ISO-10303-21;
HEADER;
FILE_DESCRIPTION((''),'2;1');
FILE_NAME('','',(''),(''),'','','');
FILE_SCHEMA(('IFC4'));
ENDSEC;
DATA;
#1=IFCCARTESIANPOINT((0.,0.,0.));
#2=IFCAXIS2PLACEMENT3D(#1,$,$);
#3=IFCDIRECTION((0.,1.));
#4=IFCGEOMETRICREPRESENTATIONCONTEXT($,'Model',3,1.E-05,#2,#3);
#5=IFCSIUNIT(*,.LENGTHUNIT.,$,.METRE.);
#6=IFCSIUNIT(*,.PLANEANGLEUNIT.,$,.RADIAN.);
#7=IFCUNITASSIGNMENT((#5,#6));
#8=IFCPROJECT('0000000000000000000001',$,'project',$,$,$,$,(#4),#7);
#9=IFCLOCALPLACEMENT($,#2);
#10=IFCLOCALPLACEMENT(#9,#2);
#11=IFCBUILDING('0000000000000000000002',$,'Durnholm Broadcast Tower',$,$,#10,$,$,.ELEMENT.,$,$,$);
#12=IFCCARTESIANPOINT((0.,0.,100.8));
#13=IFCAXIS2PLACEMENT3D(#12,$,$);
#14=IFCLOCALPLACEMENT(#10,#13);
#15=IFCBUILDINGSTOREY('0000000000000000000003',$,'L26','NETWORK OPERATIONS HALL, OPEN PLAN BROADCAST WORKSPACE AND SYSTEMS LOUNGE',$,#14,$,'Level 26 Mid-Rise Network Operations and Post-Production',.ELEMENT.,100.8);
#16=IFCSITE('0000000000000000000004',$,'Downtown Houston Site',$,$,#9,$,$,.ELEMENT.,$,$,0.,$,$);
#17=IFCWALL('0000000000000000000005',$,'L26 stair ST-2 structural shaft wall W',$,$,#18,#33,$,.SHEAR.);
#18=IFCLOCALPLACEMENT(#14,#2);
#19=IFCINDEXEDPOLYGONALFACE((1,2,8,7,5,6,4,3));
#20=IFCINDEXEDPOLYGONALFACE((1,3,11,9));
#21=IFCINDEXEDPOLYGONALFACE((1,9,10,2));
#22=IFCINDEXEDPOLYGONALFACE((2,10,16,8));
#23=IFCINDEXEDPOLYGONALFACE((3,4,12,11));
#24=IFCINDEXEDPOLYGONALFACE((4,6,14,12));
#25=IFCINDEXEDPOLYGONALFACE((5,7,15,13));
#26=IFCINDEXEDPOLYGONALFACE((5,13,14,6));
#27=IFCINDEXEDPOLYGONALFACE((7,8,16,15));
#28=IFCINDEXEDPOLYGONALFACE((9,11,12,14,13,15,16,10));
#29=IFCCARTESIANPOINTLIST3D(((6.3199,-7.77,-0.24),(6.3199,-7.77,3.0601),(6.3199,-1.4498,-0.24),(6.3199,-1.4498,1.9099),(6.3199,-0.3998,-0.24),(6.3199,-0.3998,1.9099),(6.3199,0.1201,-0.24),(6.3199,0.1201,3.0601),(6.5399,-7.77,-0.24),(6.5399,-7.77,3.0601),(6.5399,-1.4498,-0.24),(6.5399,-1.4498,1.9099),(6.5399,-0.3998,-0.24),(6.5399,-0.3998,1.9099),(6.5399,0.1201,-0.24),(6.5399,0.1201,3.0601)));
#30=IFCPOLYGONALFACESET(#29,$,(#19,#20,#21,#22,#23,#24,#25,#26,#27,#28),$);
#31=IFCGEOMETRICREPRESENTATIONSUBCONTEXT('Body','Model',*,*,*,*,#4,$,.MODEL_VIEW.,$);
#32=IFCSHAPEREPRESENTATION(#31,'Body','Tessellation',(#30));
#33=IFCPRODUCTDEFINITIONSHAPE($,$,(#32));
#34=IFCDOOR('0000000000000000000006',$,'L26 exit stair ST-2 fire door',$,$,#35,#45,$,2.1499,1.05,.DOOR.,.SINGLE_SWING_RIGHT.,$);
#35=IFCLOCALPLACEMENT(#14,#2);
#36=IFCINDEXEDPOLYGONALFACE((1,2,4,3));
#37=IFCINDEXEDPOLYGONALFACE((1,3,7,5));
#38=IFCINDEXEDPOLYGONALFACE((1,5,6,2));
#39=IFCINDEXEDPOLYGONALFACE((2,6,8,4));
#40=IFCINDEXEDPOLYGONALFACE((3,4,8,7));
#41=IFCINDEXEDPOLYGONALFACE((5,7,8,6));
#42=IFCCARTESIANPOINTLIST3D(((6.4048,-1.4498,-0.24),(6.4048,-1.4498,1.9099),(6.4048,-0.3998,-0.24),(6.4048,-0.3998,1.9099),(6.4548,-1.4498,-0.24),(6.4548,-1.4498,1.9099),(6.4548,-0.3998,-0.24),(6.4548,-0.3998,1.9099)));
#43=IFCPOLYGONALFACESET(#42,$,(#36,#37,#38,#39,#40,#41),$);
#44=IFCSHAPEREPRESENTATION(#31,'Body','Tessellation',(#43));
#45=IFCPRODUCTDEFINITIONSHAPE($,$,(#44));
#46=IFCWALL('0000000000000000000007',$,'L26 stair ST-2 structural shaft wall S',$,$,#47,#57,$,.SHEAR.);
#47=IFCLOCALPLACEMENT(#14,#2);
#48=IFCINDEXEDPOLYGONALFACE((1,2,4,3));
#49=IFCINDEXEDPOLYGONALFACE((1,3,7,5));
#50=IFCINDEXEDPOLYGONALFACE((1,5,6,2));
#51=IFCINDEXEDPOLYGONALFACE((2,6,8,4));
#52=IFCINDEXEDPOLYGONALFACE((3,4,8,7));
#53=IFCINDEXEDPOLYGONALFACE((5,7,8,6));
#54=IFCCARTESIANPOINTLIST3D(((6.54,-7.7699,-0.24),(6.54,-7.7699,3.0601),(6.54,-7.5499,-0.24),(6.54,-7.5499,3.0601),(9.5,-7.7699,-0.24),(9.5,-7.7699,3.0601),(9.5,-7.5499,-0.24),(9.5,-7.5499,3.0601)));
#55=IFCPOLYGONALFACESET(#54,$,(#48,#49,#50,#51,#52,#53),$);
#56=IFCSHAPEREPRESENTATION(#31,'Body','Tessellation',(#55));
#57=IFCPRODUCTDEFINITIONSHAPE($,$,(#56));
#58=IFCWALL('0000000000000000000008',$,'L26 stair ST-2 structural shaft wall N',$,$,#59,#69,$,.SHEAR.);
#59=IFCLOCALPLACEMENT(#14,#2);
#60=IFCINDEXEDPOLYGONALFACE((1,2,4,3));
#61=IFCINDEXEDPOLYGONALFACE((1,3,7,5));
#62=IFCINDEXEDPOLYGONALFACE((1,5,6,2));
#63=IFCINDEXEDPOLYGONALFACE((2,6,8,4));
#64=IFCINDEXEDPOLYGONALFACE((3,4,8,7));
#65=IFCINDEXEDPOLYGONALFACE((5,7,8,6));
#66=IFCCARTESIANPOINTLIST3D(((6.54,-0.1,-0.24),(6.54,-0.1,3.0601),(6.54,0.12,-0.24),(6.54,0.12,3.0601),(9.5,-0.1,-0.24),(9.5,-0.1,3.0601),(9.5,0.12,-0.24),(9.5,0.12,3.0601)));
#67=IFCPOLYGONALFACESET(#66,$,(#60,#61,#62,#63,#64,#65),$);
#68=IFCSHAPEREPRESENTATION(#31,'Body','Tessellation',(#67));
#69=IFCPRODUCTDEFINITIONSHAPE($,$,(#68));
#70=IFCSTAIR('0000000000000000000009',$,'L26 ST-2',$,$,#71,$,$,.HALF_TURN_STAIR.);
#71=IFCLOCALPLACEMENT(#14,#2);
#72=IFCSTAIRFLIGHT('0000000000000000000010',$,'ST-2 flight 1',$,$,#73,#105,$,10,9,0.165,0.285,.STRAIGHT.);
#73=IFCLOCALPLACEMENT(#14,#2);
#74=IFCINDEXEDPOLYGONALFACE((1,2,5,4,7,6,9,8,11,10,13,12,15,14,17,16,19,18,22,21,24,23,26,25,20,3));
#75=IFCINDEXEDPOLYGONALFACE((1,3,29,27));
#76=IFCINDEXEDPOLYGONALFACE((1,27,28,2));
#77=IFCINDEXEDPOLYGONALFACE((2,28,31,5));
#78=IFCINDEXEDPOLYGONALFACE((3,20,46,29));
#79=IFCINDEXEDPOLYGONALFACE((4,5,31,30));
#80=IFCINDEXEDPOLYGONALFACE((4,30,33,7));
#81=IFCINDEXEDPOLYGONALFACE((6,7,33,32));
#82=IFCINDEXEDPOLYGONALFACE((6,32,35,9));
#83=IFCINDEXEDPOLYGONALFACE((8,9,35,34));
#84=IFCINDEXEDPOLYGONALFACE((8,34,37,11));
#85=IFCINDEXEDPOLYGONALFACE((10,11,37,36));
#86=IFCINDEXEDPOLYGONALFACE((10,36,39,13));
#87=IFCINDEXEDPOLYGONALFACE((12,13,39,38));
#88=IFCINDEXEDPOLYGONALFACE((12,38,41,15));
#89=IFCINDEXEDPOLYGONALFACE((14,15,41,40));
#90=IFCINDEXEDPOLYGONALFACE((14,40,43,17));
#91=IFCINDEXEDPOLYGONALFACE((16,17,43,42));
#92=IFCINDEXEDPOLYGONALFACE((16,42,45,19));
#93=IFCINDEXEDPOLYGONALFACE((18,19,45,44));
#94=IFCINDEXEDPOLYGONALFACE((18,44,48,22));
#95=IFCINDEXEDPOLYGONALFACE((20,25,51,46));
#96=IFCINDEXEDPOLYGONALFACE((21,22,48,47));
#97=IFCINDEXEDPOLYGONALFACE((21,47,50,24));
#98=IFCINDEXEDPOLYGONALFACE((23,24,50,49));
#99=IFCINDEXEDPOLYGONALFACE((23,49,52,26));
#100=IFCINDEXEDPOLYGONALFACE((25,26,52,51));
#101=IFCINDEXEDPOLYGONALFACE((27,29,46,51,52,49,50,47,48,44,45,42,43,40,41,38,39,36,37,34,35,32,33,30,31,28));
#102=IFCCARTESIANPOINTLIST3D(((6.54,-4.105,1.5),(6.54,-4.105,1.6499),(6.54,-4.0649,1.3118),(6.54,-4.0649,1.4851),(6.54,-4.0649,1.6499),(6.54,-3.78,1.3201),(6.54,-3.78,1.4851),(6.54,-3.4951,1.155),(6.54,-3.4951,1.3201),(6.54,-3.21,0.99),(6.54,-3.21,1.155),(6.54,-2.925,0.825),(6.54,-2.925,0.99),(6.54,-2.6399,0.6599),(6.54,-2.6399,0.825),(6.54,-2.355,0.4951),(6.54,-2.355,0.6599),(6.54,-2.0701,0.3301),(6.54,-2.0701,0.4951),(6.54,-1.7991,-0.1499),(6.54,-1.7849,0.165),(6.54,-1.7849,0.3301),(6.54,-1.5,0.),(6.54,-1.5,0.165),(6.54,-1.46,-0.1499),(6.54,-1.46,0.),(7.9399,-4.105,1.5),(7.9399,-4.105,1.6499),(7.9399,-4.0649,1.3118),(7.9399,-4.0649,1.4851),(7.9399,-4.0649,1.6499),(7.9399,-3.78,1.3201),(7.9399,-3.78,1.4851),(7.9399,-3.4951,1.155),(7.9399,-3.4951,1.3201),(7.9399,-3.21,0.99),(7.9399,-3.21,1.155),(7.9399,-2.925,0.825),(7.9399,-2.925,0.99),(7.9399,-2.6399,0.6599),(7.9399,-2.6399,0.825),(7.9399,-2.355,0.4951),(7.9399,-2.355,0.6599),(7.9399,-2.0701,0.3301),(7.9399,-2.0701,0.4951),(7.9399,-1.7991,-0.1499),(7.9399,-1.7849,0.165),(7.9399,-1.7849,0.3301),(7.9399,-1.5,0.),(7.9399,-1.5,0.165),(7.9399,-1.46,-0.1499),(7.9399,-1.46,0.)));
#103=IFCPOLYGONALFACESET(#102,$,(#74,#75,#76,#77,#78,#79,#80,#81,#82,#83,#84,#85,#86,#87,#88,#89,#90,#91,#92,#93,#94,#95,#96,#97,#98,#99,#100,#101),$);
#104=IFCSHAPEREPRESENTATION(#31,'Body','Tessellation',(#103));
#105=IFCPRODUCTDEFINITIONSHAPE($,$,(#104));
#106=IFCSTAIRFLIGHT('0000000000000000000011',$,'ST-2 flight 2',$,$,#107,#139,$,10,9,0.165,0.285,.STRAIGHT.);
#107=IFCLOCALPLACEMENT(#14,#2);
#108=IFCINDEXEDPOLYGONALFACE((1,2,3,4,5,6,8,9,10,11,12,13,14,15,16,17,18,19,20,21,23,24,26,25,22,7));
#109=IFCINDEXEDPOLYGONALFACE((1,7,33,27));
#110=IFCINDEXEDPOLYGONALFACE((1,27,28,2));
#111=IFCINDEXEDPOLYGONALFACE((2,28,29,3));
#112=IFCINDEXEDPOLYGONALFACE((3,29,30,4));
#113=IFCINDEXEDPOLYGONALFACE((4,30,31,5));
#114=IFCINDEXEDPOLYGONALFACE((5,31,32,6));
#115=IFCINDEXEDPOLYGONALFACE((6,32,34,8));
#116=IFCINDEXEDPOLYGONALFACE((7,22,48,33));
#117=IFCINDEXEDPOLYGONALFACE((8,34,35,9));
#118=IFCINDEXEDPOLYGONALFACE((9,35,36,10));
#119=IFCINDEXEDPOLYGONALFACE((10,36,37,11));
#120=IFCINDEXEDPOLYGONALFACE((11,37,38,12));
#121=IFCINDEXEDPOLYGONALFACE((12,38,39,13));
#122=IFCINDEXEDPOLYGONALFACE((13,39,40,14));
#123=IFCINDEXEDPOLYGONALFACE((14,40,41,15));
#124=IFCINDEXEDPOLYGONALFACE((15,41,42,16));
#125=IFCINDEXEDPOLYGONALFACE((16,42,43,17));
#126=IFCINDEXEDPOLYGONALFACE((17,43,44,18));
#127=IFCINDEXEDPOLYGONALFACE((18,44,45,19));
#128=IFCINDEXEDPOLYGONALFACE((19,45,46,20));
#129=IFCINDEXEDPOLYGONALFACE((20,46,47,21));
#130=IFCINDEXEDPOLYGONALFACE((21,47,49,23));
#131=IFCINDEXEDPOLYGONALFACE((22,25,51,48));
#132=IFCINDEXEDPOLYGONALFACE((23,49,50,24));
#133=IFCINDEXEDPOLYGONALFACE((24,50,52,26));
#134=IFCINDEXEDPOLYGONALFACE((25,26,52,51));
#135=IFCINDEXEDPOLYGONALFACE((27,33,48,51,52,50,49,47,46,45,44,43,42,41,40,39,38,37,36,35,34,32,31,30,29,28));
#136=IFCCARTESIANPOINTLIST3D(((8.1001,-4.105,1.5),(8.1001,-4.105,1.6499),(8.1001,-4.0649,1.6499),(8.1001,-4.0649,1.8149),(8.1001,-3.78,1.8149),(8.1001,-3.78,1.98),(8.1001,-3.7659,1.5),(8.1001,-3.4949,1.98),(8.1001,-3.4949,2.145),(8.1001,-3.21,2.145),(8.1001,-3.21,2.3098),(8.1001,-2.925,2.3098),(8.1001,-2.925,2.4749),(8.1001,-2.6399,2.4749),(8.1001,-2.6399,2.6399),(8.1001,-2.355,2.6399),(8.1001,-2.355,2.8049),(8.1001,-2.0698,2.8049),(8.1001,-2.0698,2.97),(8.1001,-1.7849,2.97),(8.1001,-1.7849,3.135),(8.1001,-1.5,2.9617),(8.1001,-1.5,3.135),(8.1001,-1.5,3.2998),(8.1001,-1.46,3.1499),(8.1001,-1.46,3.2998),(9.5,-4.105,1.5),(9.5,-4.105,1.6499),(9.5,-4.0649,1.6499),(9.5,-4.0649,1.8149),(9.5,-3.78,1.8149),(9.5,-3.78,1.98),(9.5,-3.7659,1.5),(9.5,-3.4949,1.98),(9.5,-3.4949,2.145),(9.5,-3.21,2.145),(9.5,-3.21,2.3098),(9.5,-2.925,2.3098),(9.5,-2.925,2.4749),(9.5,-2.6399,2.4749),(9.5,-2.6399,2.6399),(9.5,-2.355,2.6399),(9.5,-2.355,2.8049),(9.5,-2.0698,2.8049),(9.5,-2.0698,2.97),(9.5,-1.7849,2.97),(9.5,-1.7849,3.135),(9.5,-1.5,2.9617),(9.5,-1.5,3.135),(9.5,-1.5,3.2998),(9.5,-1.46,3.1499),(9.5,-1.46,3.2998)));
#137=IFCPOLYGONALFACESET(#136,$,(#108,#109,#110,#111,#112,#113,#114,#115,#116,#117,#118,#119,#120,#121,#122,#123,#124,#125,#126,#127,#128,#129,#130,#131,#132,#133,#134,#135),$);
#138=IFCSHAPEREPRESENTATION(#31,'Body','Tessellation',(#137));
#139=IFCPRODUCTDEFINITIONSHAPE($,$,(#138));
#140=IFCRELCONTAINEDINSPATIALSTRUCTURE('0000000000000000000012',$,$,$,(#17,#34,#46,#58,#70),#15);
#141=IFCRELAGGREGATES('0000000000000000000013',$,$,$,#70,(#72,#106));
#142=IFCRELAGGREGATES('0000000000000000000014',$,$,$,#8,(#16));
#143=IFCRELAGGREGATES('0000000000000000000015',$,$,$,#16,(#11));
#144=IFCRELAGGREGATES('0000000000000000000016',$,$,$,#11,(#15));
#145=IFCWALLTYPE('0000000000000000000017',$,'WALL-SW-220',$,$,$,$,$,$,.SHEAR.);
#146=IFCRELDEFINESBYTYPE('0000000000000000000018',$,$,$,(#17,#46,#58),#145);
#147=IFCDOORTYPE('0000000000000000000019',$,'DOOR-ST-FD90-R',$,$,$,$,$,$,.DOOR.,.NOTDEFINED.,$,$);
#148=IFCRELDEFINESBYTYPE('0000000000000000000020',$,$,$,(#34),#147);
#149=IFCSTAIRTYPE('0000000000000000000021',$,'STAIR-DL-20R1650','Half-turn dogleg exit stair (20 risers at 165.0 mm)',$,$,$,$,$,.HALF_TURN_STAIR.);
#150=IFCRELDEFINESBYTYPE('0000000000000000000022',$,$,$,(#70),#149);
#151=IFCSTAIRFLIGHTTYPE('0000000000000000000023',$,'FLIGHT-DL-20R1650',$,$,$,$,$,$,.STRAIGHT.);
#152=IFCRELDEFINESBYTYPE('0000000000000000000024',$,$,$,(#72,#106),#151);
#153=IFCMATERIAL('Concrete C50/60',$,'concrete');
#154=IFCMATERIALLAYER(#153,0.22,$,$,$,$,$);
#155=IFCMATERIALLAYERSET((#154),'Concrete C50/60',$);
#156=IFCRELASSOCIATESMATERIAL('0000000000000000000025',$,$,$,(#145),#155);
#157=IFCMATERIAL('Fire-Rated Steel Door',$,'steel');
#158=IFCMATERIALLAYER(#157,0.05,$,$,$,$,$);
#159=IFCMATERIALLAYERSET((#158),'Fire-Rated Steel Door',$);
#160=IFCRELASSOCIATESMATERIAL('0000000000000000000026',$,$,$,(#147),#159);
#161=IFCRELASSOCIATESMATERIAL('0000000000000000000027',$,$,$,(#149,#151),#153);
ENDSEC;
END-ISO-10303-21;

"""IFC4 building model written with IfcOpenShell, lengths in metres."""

from ifc_helpers import new_model, si_unit, direction, frame, frame_2d, origin, place, context, subcontext, project, spatial, polyline, rectangle, outline, extrude, source, transform, mapped, material, layer, layer_set, type_object, type_shapes, element, fill, aggregate, save


model = new_model("IFC4")

# Units and contexts
model_context = context("Model", 3, precision=1e-05, world=origin(), true_north=direction((0.0, 1.0)))
body_context = subcontext(model_context, "Body", "Model", "MODEL_VIEW")
ifc_project = project(units=[si_unit("LENGTHUNIT", "METRE"), si_unit("PLANEANGLEUNIT", "RADIAN")], contexts=[model_context])

# Site, building, storey
site_placement = place(None, origin())
site = spatial("IfcSite", under=ifc_project, at=site_placement, Name="Downtown Houston Site", CompositionType="ELEMENT", RefElevation=0.0)
building_placement = place(site_placement, origin())
building = spatial("IfcBuilding", under=site, at=building_placement, Name="Durnholm Broadcast Tower", CompositionType="ELEMENT")
storey_placement = place(building_placement, frame((0.0, 0.0, 100.8)))
storey = spatial("IfcBuildingStorey", under=building, at=storey_placement, Name="L26", Description="NETWORK OPERATIONS HALL, OPEN PLAN BROADCAST WORKSPACE AND SYSTEMS LOUNGE", LongName="Level 26 Mid-Rise Network Operations and Post-Production", CompositionType="ELEMENT", Elevation=100.8)

# Shared definitions
ifc_material_1 = material(Name="Concrete C50/60", Category="concrete")
ifc_layer_1 = layer(ifc_material_1, 0.22)
ifc_layer_set_1 = layer_set([ifc_layer_1], Name="Concrete C50/60")
wall_type_1 = type_object("IfcWallType", Name="WALL-SW-220", PredefinedType="SHEAR", material=ifc_layer_set_1)

# Wall, opening, door
wall_1_placement = place(storey_placement, frame((6.4299, 0.1201, -0.24), z_axis=(0.0, 0.0, 1.0), x_axis=(0.0, -1.0, 0.0)))
wall_1 = element("IfcWall", 1, at=wall_1_placement, inside=storey, type_object=wall_type_1, Name="L26 stair ST-2 structural shaft wall W", PredefinedType="SHEAR", context=body_context, shape_type="SweptSolid", body=[
    extrude(rectangle(XDim=7.8901, YDim=0.22, at=frame_2d((3.9451, 0.0))), origin(), (0.0, 0.0, 1.0), 3.3),
])
opening_1_placement = place(wall_1_placement, frame((0.52, 0.0, 0.0)))
opening_1 = element("IfcOpeningElement", 2, at=opening_1_placement, cuts=wall_1, PredefinedType="OPENING", context=body_context, shape_type="SweptSolid", body=[
    extrude(rectangle(XDim=1.05, YDim=2.1499, at=frame_2d((0.5249, 1.075))), frame((0.0, 0.1201, 0.0), z_axis=(0.0, -1.0, 0.0), x_axis=(1.0, 0.0, 0.0)), (0.0, 0.0, 1.0), 0.24),
])
ifc_material_2 = material(Name="Fire-Rated Steel Door", Category="steel")
ifc_layer_2 = layer(ifc_material_2, 0.05)
ifc_layer_set_2 = layer_set([ifc_layer_2], Name="Fire-Rated Steel Door")
door_type_1 = type_object("IfcDoorType", Name="DOOR-ST-FD90-R", OperationType="NOTDEFINED", PredefinedType="DOOR", material=ifc_layer_set_2)
shared_shape_1 = source(origin(), body_context, "Body", "SweptSolid", [
    extrude(rectangle(XDim=1.05, YDim=2.1499, at=frame_2d((0.5249, 1.075))), frame((0.0, 0.0249, 0.0), z_axis=(0.0, -1.0, 0.0), x_axis=(1.0, 0.0, 0.0)), (0.0, 0.0, 1.0), 0.05),
])
type_shapes(door_type_1, [shared_shape_1])
door_1_placement = place(opening_1_placement, origin())
door_1 = element("IfcDoor", 3, at=door_1_placement, inside=storey, type_object=door_type_1, Name="L26 exit stair ST-2 fire door", OperationType="SINGLE_SWING_RIGHT", OverallHeight=2.1499, OverallWidth=1.05, PredefinedType="DOOR", context=body_context, shape_type="MappedRepresentation", body=[
    mapped(shared_shape_1, transform((0.0, 0.0, 0.0), x_axis=(1.0, 0.0, 0.0), y_axis=(0.0, 1.0, 0.0), z_axis=(0.0, 0.0, 1.0), scale=1.0)),
])
fill(opening_1, door_1)

# Walls
for number, where, z_axis, x_axis, name in (
    (4, (6.54, -7.6599, -0.24), (0.0, 0.0, 1.0), (1.0, 0.0, 0.0), "L26 stair ST-2 structural shaft wall S"),
    (5, (9.5, 0.01, -0.24), (0.0, 0.0, 1.0), (-1.0, 0.0, 0.0), "L26 stair ST-2 structural shaft wall N"),
):
    element("IfcWall", number, at=place(storey_placement, frame(where, z_axis=z_axis, x_axis=x_axis)), inside=storey, type_object=wall_type_1, Name=name, PredefinedType="SHEAR", context=body_context, shape_type="SweptSolid", body=[
        extrude(rectangle(XDim=2.96, YDim=0.22, at=frame_2d((1.48, 0.0))), origin(), (0.0, 0.0, 1.0), 3.3),
    ])

# Stair, stair flights
stair_type = type_object("IfcStairType", Name="STAIR-DL-20R1650", Description="Half-turn dogleg exit stair (20 risers at 165.0 mm)", PredefinedType="HALF_TURN_STAIR", material=ifc_material_1)
stair_placement = place(storey_placement, origin())
stair = element("IfcStair", 6, at=stair_placement, inside=storey, type_object=stair_type, Name="L26 ST-2", PredefinedType="HALF_TURN_STAIR")
stair_flight_type = type_object("IfcStairFlightType", Name="FLIGHT-DL-20R1650", PredefinedType="STRAIGHT", material=ifc_material_1)
stair_flight_1_placement = place(storey_placement, frame((7.24, -1.5, 0.0), z_axis=(0.0, 0.0, 1.0), x_axis=(0.0, -1.0, 0.0)))
stair_flight_1 = element("IfcStairFlight", 7, at=stair_flight_1_placement, type_object=stair_flight_type, Name="ST-2 flight 1", NumberOfRisers=10, NumberOfTreads=9, PredefinedType="STRAIGHT", RiserHeight=0.165, TreadLength=0.285, context=body_context, shape_type="SweptSolid", body=[
    extrude(outline(polyline([(-0.04, -0.1499), (-0.04, 0.0), (0.0, 0.0), (0.0, 0.165), (0.2849, 0.165), (0.2849, 0.3301), (0.5701, 0.3301), (0.5701, 0.4951), (0.855, 0.4951), (0.855, 0.6599), (1.1399, 0.6599), (1.1399, 0.825), (1.425, 0.825), (1.425, 0.99), (1.71, 0.99), (1.71, 1.155), (1.9951, 1.155), (1.9951, 1.3201), (2.28, 1.3201), (2.28, 1.4851), (2.5649, 1.4851), (2.5649, 1.6499), (2.605, 1.6499), (2.605, 1.5), (2.5649, 1.3118), (0.2991, -0.1499), (-0.04, -0.1499)])), frame((0.0, 0.7, 0.0), z_axis=(0.0, -1.0, 0.0), x_axis=(1.0, 0.0, 0.0)), (0.0, 0.0, 1.0), 1.3999),
])
stair_flight_2_placement = place(storey_placement, frame((8.8, -4.0649, 1.6499), z_axis=(0.0, 0.0, 1.0), x_axis=(0.0, 1.0, 0.0)))
stair_flight_2 = element("IfcStairFlight", 8, at=stair_flight_2_placement, type_object=stair_flight_type, Name="ST-2 flight 2", NumberOfRisers=10, NumberOfTreads=9, PredefinedType="STRAIGHT", RiserHeight=0.165, TreadLength=0.285, context=body_context, shape_type="SweptSolid", body=[
    extrude(outline(polyline([(-0.04, -0.1499), (-0.04, 0.0), (0.0, 0.0), (0.0, 0.165), (0.2849, 0.165), (0.2849, 0.3301), (0.5701, 0.3301), (0.5701, 0.4951), (0.855, 0.4951), (0.855, 0.6599), (1.1399, 0.6599), (1.1399, 0.825), (1.425, 0.825), (1.425, 0.99), (1.71, 0.99), (1.71, 1.155), (1.9951, 1.155), (1.9951, 1.3201), (2.28, 1.3201), (2.28, 1.4851), (2.5649, 1.4851), (2.5649, 1.6499), (2.605, 1.6499), (2.605, 1.5), (2.5649, 1.3118), (0.2991, -0.1499), (-0.04, -0.1499)])), frame((0.0, 0.7, 0.0), z_axis=(0.0, -1.0, 0.0), x_axis=(1.0, 0.0, 0.0)), (0.0, 0.0, 1.0), 1.3999),
])
aggregate(stair, [stair_flight_1, stair_flight_2])

save(model, "model.ifc")
